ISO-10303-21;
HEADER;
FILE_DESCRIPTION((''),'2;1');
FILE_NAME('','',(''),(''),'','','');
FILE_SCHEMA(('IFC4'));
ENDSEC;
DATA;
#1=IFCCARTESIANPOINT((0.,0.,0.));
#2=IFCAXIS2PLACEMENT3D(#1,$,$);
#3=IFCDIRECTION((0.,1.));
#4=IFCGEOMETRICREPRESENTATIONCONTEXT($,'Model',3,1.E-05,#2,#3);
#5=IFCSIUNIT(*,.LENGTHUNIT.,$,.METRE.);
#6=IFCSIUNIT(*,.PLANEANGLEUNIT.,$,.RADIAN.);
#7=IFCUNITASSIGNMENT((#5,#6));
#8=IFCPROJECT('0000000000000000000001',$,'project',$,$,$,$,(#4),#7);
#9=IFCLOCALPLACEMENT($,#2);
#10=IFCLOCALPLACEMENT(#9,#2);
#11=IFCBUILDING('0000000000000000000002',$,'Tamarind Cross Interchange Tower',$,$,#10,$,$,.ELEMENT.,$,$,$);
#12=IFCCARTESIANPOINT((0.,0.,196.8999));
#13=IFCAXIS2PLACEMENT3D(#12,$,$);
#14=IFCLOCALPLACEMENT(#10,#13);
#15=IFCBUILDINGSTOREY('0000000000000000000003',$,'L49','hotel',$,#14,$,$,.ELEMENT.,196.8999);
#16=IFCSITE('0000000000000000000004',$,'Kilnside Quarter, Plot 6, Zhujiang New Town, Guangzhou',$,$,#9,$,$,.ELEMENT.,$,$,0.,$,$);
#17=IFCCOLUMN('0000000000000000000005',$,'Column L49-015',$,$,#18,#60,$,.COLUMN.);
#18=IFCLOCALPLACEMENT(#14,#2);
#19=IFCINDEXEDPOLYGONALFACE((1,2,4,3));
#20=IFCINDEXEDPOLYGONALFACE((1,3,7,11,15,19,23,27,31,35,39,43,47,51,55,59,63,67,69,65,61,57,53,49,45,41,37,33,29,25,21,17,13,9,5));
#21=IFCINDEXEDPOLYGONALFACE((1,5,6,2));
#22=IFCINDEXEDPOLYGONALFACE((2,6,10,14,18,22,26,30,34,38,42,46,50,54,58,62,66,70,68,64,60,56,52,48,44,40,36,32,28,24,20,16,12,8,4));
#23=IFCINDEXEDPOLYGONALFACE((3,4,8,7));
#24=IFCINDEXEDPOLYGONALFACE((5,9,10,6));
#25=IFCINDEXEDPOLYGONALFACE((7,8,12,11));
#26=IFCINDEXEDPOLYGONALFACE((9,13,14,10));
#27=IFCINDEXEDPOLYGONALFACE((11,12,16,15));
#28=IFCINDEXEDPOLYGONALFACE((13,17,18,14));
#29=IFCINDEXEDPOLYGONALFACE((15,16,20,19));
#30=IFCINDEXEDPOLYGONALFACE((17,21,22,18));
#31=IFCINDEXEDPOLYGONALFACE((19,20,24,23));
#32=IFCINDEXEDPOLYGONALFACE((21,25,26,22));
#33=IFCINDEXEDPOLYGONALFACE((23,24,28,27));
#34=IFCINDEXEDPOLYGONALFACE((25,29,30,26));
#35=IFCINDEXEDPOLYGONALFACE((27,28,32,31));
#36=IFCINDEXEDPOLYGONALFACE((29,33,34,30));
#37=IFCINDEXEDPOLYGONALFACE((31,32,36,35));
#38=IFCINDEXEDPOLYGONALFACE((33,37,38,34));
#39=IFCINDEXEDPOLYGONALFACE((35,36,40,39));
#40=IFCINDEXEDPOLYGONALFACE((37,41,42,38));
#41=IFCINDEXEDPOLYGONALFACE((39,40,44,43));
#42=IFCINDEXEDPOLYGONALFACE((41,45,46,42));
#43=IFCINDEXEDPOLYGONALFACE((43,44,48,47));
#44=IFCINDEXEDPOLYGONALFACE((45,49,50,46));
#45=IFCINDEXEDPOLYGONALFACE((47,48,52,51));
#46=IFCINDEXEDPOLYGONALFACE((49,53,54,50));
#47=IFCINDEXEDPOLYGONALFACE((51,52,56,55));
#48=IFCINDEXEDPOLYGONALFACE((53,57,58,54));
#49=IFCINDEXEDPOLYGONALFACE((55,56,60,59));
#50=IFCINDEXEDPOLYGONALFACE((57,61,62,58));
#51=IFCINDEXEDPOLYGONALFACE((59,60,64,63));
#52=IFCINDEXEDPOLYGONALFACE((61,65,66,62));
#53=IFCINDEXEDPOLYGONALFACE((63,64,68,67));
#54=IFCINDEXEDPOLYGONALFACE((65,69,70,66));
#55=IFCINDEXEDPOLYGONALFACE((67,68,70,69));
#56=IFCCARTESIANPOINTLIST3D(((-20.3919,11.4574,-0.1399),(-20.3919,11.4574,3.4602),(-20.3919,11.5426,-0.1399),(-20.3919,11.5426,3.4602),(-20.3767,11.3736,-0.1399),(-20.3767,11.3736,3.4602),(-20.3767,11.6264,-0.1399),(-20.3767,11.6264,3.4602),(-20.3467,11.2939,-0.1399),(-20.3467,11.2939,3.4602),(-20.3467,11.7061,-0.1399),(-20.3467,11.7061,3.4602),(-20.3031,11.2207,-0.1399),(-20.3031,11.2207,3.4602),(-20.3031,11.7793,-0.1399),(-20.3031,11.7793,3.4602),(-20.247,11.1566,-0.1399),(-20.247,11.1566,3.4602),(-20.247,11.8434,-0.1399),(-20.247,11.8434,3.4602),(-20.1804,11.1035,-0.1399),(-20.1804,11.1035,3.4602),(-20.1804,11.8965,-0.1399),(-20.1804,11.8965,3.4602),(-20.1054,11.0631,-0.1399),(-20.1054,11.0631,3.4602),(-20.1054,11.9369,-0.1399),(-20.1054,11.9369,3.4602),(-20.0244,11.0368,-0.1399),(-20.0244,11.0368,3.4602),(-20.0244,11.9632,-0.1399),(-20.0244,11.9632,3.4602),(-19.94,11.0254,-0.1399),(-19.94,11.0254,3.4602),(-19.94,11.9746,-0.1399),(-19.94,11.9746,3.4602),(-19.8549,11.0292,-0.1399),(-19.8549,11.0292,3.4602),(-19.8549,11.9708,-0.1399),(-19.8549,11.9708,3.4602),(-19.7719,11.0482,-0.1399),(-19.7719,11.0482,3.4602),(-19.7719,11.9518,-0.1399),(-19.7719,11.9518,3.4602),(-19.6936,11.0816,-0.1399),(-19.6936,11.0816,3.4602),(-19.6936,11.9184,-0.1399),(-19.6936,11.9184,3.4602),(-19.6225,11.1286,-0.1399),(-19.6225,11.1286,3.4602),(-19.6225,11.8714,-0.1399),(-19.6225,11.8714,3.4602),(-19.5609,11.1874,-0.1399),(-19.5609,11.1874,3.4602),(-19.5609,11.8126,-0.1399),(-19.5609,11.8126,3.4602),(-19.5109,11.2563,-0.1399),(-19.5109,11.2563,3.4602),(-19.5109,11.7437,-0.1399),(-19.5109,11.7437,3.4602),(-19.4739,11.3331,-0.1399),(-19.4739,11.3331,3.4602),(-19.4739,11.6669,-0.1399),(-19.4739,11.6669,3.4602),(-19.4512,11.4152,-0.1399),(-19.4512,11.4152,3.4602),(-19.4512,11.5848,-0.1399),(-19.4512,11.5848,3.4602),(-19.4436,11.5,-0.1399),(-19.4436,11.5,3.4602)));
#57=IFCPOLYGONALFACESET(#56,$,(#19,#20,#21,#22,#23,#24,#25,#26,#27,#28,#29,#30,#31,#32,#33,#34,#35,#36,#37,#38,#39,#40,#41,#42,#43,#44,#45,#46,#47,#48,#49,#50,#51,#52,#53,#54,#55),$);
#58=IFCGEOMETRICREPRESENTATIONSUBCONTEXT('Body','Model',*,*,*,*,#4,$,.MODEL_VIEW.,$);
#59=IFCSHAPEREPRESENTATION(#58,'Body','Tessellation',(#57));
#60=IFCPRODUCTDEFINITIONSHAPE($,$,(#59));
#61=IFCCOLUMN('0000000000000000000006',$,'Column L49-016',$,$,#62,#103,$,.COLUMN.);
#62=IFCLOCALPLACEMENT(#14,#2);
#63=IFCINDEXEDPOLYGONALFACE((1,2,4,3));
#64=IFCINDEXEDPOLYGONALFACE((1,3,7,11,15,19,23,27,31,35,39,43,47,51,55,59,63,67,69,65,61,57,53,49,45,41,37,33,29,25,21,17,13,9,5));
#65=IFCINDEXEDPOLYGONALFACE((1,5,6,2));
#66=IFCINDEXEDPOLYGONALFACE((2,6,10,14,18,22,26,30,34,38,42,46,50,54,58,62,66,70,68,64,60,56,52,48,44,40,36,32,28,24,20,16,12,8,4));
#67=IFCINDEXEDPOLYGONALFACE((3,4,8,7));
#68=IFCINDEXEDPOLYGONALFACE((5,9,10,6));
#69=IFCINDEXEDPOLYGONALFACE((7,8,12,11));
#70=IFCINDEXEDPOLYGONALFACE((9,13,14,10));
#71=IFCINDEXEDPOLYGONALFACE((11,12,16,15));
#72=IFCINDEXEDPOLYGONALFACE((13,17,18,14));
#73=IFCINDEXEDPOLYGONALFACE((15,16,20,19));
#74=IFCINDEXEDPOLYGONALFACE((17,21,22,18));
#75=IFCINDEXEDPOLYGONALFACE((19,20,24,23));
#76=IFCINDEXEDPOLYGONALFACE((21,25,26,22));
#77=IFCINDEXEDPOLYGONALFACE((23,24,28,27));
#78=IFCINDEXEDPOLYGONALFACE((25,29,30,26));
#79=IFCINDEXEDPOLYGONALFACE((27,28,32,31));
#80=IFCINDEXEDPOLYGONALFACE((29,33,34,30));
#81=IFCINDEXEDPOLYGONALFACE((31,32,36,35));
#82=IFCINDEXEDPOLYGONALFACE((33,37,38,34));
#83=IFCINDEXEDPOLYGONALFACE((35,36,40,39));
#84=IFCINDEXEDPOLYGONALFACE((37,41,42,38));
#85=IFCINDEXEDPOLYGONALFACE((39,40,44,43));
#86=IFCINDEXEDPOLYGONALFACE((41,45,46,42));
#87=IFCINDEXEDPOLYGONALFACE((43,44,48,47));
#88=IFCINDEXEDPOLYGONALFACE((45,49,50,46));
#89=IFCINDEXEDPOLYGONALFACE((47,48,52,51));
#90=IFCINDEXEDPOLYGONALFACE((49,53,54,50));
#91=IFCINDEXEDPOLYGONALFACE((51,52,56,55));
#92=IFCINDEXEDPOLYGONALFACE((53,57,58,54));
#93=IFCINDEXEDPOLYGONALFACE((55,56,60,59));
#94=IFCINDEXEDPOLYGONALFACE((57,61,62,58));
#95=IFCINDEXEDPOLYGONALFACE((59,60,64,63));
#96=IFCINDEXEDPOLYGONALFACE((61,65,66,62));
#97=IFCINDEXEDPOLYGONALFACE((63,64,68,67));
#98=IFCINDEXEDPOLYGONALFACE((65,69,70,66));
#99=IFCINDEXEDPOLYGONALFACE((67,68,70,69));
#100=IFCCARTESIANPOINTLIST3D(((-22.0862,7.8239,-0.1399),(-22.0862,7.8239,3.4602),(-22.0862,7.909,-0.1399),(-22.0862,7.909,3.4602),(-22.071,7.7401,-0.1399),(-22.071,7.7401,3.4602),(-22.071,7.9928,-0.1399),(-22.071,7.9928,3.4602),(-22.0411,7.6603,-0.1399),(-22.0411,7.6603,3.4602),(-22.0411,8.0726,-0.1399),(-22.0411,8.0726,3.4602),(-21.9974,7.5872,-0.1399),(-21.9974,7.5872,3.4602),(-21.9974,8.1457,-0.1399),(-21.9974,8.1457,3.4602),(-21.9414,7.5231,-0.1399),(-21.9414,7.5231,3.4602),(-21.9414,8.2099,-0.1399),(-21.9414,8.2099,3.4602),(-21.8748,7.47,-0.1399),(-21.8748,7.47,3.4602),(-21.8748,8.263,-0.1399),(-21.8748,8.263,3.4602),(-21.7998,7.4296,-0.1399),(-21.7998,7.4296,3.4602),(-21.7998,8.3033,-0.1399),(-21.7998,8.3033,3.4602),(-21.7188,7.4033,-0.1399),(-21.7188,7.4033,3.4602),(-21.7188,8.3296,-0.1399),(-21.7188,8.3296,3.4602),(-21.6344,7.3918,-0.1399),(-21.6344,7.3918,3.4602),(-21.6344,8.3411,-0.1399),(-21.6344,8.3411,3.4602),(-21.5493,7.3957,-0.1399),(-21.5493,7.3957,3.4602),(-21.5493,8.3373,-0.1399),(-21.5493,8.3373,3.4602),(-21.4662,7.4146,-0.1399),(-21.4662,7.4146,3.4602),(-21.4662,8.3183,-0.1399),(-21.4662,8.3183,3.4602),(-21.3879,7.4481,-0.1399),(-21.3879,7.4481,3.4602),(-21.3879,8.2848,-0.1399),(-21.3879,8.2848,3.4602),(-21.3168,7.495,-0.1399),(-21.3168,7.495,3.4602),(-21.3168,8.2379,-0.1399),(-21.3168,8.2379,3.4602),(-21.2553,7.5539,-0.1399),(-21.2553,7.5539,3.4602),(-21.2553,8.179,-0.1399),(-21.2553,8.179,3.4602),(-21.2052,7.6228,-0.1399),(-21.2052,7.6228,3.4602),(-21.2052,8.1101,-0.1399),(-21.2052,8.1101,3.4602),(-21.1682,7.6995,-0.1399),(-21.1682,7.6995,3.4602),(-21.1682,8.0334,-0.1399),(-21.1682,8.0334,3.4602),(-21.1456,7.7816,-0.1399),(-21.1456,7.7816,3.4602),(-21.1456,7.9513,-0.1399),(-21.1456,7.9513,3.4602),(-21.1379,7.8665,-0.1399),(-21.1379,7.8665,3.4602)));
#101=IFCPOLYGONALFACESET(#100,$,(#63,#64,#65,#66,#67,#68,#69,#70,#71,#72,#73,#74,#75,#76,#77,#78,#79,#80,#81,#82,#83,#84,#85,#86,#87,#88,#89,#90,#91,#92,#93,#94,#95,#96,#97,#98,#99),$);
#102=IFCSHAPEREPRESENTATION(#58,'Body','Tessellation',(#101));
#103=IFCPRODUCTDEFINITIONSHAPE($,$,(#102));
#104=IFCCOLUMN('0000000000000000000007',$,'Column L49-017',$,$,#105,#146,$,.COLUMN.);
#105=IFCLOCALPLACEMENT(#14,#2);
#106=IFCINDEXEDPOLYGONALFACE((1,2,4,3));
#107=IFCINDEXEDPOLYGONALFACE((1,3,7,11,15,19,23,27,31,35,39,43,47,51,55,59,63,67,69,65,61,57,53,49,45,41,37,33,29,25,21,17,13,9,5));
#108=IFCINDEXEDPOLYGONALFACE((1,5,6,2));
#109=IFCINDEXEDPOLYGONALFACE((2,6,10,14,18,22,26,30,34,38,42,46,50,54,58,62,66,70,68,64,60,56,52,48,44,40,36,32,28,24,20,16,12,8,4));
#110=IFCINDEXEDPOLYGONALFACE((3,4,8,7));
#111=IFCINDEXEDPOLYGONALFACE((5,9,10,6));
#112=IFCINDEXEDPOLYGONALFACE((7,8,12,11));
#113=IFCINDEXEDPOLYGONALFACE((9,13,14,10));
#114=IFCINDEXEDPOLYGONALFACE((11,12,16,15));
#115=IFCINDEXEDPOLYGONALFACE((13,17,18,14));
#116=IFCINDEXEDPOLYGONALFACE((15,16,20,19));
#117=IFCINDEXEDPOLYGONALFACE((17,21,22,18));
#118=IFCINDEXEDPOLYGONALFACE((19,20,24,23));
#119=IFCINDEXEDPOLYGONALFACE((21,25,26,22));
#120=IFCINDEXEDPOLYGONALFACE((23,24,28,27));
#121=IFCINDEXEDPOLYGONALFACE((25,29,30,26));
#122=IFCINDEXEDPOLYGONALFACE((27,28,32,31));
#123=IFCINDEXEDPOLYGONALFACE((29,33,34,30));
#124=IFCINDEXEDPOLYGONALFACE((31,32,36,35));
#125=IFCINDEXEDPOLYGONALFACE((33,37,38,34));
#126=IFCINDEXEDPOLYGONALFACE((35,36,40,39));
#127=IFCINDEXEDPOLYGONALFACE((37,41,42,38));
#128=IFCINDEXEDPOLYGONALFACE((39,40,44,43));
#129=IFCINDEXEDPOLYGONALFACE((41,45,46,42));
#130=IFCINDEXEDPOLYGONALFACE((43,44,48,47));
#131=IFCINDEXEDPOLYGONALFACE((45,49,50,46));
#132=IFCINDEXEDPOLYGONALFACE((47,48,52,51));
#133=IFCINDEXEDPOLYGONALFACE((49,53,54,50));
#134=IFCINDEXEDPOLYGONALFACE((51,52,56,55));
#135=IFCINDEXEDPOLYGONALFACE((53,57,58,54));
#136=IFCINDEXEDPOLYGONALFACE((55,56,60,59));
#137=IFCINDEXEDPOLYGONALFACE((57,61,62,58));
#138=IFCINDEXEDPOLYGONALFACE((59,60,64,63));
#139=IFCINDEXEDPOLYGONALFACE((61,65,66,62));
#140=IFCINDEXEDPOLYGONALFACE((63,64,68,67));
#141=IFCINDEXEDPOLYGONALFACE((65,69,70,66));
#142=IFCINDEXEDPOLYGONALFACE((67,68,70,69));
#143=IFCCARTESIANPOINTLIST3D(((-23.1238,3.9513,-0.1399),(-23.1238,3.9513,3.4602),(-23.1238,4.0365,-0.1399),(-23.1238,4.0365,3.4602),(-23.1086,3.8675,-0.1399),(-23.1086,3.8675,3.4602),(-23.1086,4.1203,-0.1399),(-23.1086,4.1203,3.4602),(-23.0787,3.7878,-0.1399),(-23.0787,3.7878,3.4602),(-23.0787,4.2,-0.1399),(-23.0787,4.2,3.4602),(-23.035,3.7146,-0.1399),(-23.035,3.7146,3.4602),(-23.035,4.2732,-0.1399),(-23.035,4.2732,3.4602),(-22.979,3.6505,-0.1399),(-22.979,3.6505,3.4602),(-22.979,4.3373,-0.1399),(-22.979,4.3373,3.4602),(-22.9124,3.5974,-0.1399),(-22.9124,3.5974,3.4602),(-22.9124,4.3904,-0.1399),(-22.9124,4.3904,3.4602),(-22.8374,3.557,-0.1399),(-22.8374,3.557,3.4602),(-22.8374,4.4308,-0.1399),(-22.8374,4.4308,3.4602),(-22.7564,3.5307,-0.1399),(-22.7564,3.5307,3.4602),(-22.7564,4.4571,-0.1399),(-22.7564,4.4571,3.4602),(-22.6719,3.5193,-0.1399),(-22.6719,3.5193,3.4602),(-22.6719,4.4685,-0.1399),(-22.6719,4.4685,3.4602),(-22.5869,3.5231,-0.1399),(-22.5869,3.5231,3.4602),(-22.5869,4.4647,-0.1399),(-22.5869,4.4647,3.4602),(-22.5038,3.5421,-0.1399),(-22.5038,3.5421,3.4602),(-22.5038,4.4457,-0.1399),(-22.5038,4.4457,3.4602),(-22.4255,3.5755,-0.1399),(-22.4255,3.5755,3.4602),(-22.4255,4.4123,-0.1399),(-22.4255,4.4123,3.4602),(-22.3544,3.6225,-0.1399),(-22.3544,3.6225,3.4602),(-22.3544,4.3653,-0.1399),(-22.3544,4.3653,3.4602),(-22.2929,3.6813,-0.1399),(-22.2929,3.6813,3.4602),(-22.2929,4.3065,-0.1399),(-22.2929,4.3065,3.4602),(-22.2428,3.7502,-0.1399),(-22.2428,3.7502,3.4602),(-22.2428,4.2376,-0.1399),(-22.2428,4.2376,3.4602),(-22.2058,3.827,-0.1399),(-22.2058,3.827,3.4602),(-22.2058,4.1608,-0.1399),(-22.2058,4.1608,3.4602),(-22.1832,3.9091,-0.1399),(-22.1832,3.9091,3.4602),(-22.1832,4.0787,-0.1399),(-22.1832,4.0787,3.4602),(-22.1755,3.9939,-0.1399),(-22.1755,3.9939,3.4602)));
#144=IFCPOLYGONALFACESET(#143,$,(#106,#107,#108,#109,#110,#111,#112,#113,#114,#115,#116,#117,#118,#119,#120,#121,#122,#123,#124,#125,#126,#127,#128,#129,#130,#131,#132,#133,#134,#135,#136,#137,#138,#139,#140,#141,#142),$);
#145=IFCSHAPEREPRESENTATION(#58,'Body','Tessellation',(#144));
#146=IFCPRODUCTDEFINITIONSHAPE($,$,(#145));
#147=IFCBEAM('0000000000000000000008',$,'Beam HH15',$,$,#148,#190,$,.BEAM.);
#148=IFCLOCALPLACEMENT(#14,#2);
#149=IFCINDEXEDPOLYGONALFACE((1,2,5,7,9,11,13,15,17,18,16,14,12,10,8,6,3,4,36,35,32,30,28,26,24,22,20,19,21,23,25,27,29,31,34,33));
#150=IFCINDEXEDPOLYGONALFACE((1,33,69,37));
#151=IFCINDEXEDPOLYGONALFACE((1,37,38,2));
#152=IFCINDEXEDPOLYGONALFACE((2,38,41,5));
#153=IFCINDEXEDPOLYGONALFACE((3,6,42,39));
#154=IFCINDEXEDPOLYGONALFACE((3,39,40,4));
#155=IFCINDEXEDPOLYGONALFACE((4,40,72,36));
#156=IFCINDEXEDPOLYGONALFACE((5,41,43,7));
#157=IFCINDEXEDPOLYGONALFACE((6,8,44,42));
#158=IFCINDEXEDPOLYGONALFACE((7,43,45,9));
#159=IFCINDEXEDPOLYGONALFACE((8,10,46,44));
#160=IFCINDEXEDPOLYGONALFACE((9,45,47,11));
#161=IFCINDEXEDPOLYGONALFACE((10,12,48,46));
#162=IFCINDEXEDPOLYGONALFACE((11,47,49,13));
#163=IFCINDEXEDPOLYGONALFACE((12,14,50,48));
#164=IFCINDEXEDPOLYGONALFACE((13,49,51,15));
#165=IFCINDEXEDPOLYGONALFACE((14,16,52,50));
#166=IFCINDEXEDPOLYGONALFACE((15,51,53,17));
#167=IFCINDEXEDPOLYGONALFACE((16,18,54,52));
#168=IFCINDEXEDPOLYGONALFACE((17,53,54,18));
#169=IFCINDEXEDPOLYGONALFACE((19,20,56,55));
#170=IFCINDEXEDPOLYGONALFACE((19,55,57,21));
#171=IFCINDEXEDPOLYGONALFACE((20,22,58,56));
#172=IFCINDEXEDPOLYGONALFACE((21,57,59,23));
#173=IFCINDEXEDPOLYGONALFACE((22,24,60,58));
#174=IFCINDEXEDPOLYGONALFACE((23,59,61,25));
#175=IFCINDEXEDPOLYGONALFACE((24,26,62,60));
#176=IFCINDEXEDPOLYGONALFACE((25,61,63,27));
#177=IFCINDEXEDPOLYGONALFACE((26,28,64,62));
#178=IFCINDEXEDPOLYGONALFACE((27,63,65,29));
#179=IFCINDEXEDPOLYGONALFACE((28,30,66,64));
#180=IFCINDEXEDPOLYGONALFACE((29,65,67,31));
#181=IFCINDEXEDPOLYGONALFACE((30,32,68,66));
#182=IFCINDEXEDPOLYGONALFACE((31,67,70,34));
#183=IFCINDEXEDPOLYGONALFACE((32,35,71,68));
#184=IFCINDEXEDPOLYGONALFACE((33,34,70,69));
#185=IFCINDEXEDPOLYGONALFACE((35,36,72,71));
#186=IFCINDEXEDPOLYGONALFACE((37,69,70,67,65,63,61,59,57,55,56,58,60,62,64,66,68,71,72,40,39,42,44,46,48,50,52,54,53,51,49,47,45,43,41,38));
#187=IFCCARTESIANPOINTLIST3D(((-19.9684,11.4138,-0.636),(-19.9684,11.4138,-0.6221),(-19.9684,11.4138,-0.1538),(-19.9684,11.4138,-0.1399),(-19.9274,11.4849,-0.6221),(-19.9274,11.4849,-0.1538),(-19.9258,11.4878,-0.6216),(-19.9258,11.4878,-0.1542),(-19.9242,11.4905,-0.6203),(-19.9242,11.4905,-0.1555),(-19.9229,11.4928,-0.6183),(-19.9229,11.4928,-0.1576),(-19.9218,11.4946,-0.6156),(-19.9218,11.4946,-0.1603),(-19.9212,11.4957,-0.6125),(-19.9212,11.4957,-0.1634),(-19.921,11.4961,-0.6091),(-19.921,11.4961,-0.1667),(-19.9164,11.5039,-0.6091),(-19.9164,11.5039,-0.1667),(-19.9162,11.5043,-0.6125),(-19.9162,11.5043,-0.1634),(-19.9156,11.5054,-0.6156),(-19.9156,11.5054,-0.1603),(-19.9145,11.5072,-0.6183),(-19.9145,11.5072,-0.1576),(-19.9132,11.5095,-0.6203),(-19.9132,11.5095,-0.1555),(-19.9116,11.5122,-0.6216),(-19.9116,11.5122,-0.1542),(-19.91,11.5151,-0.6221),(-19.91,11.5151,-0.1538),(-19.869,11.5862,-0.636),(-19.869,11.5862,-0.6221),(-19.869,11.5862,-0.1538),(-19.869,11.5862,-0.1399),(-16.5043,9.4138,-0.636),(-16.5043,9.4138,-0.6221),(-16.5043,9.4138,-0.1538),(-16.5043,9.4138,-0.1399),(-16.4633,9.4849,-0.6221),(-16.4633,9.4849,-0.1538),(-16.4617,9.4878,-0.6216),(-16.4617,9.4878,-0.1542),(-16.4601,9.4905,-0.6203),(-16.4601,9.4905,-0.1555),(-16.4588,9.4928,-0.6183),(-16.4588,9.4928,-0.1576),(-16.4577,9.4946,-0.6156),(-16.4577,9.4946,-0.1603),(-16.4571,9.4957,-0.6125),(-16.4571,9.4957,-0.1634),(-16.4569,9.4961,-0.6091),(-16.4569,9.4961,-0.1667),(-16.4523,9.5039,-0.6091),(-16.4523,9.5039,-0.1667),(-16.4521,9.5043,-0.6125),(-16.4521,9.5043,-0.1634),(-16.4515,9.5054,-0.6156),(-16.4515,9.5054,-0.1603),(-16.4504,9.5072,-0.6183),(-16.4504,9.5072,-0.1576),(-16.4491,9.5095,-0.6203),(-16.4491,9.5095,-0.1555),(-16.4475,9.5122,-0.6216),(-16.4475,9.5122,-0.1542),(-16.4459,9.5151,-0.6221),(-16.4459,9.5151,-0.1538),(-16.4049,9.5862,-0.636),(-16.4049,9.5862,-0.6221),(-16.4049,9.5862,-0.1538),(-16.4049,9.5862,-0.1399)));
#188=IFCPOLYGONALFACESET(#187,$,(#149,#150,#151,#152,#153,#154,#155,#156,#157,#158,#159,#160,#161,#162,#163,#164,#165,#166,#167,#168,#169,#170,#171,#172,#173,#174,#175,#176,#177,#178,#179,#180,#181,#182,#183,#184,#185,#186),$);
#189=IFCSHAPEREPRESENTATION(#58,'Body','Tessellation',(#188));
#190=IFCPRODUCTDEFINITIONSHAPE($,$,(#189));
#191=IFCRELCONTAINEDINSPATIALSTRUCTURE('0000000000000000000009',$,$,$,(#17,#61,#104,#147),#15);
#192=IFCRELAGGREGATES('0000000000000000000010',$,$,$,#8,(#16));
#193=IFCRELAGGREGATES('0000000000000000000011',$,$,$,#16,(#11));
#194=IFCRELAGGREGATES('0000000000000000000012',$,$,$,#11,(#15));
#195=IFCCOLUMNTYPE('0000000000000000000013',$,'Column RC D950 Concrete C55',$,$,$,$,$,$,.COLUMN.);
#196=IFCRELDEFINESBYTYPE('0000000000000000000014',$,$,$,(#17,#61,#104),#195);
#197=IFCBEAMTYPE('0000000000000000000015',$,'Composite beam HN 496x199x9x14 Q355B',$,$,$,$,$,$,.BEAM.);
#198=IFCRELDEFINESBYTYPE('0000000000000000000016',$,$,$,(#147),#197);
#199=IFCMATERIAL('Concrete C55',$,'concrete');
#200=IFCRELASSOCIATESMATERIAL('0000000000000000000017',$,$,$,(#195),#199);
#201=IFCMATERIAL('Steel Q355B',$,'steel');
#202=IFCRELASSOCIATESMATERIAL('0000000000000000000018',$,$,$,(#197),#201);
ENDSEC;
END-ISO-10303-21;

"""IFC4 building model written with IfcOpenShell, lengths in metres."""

from ifc_helpers import new_model, si_unit, direction, frame, origin, origin_2d, place, context, subcontext, project, spatial, circle, i_section, extrude, material, material_profile, profile_set, type_object, element, save


model = new_model("IFC4")

# Units and contexts
model_context = context("Model", 3, precision=1e-05, world=origin(), true_north=direction((0.0, 1.0)))
body_context = subcontext(model_context, "Body", "Model", "MODEL_VIEW")
ifc_project = project(units=[si_unit("LENGTHUNIT", "METRE"), si_unit("PLANEANGLEUNIT", "RADIAN")], contexts=[model_context])

# Site, building, storey
site_placement = place(None, origin())
site = spatial("IfcSite", under=ifc_project, at=site_placement, Name="Kilnside Quarter, Plot 6, Zhujiang New Town, Guangzhou", CompositionType="ELEMENT", RefElevation=0.0)
building_placement = place(site_placement, origin())
building = spatial("IfcBuilding", under=site, at=building_placement, Name="Tamarind Cross Interchange Tower", CompositionType="ELEMENT")
storey_placement = place(building_placement, frame((0.0, 0.0, 196.8999)))
storey = spatial("IfcBuildingStorey", under=building, at=storey_placement, Name="L49", Description="hotel", CompositionType="ELEMENT", Elevation=196.8999)

# Columns
ifc_material_1 = material(Name="Concrete C55", Category="concrete")
ifc_material_profile_1 = material_profile(ifc_material_1, circle(Radius=0.4751, at=origin_2d()), Name="RC D950")
ifc_profile_set_1 = profile_set([ifc_material_profile_1], Name="Concrete C55")
column_type = type_object("IfcColumnType", Name="Column RC D950 Concrete C55", PredefinedType="COLUMN", material=ifc_profile_set_1)
for number, where, z_axis, x_axis, name in (
    (1, (-19.9187, 11.5, -0.1399), (0.0, 0.0, 1.0), (1.0, 0.0, 0.0), "Column L49-015"),
    (2, (-21.613, 7.8665, -0.1399), (0.0, 0.0, 1.0), (1.0, 0.0, 0.0), "Column L49-016"),
    (3, (-22.6506, 3.9939, -0.1399), (0.0, 0.0, 1.0), (1.0, 0.0, 0.0), "Column L49-017"),
):
    element("IfcColumn", number, at=place(storey_placement, frame(where, z_axis=z_axis, x_axis=x_axis)), inside=storey, type_object=column_type, Name=name, PredefinedType="COLUMN", context=body_context, shape_type="SweptSolid", body=[
        extrude(circle(Radius=0.4751, at=origin_2d()), origin(), (0.0, 0.0, 1.0), 3.6001),
    ])

# Beam
ifc_material_2 = material(Name="Steel Q355B", Category="steel")
ifc_material_profile_2 = material_profile(ifc_material_2, i_section(OverallWidth=0.199, OverallDepth=0.4961, WebThickness=0.009, FlangeThickness=0.0139, FilletRadius=0.0129, at=origin_2d()), Name="HN 496x199x9x14")
ifc_profile_set_2 = profile_set([ifc_material_profile_2], Name="Steel Q355B")
beam_type = type_object("IfcBeamType", Name="Composite beam HN 496x199x9x14 Q355B", PredefinedType="BEAM", material=ifc_profile_set_2)
beam_1_placement = place(storey_placement, frame((-19.9187, 11.5, -0.3879), z_axis=(0.866026, -0.499999, 0.0), x_axis=(0.499999, 0.866026, 0.0)))
element("IfcBeam", 4, at=beam_1_placement, inside=storey, type_object=beam_type, Name="Beam HH15", PredefinedType="BEAM", context=body_context, shape_type="SweptSolid", body=[
    extrude(i_section(OverallWidth=0.199, OverallDepth=0.4961, WebThickness=0.009, FlangeThickness=0.0139, FilletRadius=0.0129, at=origin_2d()), origin(), (0.0, 0.0, 1.0), 4.0),
])

save(model, "model.ifc")
